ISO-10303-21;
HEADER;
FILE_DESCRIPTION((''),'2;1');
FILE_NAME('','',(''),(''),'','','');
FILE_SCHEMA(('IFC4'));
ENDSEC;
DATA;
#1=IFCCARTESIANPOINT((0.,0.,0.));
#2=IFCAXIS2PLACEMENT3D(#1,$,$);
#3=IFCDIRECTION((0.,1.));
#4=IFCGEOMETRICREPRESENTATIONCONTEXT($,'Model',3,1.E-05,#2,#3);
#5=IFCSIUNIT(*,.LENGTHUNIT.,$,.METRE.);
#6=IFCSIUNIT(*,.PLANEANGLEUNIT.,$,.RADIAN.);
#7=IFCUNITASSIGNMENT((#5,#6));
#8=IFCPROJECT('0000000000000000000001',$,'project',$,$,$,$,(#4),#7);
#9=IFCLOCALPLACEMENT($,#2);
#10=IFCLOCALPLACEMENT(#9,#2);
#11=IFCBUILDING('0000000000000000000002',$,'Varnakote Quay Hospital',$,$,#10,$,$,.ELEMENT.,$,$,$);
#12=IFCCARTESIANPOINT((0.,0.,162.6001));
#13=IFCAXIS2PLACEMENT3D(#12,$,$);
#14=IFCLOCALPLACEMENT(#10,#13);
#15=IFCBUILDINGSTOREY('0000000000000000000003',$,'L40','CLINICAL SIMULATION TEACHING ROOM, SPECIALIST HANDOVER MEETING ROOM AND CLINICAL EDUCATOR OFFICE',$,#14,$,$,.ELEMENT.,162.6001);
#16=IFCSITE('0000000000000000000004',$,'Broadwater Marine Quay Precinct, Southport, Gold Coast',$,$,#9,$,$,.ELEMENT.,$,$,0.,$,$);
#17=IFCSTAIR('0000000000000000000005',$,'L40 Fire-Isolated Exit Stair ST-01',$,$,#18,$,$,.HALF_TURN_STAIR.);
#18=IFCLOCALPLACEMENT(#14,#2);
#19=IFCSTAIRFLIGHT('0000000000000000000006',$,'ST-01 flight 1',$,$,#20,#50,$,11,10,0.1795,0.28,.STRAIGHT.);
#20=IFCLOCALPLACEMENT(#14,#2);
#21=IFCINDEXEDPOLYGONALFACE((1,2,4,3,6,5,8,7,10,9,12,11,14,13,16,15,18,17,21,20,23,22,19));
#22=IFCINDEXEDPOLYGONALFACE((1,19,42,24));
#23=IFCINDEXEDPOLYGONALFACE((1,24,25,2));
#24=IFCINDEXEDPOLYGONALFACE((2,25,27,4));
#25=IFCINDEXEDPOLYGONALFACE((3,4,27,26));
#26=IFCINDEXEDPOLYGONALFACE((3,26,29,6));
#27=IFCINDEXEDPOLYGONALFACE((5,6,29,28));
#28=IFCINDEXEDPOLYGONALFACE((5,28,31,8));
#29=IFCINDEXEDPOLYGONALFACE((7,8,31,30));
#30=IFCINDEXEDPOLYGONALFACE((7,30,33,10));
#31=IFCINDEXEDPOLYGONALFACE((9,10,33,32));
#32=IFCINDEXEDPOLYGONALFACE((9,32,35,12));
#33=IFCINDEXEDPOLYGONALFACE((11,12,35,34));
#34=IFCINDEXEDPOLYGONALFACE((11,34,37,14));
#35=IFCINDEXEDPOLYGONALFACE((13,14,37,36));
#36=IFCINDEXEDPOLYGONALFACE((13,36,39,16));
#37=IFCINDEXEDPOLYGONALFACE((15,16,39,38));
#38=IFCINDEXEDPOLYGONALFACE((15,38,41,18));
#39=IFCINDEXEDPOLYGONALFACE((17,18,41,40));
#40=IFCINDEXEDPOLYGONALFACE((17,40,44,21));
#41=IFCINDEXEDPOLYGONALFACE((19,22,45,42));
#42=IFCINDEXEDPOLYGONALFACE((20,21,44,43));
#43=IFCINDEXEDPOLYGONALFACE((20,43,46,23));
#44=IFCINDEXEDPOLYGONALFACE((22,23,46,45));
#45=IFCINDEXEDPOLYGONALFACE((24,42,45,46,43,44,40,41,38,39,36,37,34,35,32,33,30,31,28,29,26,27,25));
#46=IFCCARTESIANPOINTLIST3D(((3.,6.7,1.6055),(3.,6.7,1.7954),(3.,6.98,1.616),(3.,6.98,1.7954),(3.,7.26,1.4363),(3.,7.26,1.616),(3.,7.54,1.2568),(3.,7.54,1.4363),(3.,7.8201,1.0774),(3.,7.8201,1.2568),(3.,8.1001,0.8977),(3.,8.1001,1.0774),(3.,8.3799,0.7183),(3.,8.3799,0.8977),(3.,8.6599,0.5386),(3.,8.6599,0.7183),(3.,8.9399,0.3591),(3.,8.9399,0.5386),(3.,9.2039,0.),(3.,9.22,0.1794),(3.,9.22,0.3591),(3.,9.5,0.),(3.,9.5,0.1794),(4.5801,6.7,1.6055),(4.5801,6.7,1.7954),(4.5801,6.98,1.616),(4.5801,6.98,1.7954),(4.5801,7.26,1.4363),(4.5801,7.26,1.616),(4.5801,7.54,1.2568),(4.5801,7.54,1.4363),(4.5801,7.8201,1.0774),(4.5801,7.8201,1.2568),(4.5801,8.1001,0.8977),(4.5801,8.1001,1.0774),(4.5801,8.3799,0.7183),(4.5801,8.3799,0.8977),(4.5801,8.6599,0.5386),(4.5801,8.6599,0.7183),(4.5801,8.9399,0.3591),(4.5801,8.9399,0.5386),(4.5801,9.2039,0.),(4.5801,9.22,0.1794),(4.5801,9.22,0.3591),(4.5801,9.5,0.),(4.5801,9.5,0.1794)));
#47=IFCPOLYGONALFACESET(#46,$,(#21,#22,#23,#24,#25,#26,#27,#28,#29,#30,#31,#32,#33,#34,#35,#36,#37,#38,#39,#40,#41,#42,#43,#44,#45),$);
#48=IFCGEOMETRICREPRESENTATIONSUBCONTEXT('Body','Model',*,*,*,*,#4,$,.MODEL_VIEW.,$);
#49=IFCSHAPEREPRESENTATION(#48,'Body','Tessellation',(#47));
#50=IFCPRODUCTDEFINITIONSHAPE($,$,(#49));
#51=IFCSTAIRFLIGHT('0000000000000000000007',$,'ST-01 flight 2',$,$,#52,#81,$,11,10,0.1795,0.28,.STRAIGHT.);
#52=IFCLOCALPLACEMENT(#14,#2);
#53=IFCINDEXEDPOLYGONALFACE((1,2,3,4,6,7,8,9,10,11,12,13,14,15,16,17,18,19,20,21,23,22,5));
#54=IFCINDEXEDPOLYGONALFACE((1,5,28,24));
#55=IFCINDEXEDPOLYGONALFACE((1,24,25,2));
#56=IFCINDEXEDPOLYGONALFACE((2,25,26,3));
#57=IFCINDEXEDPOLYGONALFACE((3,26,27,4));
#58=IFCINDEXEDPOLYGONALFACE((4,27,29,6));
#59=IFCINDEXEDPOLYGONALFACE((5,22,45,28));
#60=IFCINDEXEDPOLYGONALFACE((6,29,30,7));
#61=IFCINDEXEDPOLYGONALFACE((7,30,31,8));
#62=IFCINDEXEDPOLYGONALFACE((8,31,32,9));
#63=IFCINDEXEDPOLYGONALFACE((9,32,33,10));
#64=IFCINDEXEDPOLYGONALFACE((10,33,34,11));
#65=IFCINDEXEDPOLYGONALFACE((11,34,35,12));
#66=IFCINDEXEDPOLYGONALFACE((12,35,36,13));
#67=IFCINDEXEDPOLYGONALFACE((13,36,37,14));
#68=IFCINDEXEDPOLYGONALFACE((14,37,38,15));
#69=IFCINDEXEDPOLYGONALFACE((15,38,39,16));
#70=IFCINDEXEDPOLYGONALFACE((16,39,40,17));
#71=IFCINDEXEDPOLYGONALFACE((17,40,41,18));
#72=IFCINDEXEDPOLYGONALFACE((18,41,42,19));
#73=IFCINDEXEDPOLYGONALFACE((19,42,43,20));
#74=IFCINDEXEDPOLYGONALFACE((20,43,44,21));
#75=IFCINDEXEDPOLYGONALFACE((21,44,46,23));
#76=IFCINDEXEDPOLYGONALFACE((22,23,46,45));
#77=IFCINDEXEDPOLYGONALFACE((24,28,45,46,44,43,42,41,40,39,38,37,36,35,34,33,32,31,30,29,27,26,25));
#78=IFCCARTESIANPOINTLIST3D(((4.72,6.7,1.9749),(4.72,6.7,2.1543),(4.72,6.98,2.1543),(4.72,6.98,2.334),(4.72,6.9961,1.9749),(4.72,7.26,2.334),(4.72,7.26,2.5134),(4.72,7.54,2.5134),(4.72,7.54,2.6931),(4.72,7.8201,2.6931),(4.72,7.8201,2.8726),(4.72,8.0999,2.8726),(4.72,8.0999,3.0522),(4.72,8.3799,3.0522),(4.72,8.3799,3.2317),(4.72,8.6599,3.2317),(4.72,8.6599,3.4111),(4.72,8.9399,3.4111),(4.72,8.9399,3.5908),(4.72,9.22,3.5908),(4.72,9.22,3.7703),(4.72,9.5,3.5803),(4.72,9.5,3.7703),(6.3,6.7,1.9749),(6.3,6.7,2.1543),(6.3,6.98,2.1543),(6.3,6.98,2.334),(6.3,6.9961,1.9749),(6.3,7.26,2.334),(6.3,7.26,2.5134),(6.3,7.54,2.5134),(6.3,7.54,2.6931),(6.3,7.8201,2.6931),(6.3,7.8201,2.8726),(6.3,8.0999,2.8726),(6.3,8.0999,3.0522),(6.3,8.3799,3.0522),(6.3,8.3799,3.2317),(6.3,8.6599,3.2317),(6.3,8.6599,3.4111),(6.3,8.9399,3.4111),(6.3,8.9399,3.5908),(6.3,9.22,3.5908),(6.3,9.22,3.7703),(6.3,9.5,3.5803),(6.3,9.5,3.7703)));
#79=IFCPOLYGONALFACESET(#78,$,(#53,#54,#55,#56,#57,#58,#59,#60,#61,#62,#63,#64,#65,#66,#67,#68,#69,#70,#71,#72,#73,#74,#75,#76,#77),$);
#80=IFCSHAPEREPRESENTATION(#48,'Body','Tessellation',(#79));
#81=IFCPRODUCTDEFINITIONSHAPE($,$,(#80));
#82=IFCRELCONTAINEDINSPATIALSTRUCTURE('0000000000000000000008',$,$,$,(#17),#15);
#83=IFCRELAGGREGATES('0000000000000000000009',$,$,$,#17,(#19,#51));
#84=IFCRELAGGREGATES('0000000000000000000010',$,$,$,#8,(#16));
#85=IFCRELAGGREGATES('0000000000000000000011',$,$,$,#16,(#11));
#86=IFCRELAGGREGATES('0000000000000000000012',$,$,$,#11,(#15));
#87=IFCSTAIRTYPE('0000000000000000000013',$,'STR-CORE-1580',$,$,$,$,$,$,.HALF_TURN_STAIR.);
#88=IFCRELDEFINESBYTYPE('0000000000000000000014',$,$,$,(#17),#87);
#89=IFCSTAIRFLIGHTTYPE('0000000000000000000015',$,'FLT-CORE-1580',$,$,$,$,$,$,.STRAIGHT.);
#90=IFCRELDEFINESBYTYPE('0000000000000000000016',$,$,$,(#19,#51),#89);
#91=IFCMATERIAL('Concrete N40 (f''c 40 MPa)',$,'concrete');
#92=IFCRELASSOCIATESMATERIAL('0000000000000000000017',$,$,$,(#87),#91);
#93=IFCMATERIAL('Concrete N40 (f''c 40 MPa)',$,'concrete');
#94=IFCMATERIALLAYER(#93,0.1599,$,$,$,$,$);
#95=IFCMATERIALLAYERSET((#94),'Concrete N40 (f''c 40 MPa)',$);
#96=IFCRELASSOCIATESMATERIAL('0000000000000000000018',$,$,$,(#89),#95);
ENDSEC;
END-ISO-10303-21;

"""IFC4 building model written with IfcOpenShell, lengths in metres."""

from ifc_helpers import new_model, si_unit, direction, frame, origin, place, context, subcontext, project, spatial, polyline, outline, extrude, material, layer, layer_set, type_object, element, aggregate, save


model = new_model("IFC4")

# Units and contexts
model_context = context("Model", 3, precision=1e-05, world=origin(), true_north=direction((0.0, 1.0)))
body_context = subcontext(model_context, "Body", "Model", "MODEL_VIEW")
ifc_project = project(units=[si_unit("LENGTHUNIT", "METRE"), si_unit("PLANEANGLEUNIT", "RADIAN")], contexts=[model_context])

# Site, building, storey
site_placement = place(None, origin())
site = spatial("IfcSite", under=ifc_project, at=site_placement, Name="Broadwater Marine Quay Precinct, Southport, Gold Coast", CompositionType="ELEMENT", RefElevation=0.0)
building_placement = place(site_placement, origin())
building = spatial("IfcBuilding", under=site, at=building_placement, Name="Varnakote Quay Hospital", CompositionType="ELEMENT")
storey_placement = place(building_placement, frame((0.0, 0.0, 162.6001)))
storey = spatial("IfcBuildingStorey", under=building, at=storey_placement, Name="L40", Description="CLINICAL SIMULATION TEACHING ROOM, SPECIALIST HANDOVER MEETING ROOM AND CLINICAL EDUCATOR OFFICE", CompositionType="ELEMENT", Elevation=162.6001)

# Stair, stair flights
ifc_material_1 = material(Name="Concrete N40 (f'c 40 MPa)", Category="concrete")
stair_type = type_object("IfcStairType", Name="STR-CORE-1580", PredefinedType="HALF_TURN_STAIR", material=ifc_material_1)
stair_placement = place(storey_placement, origin())
stair = element("IfcStair", 1, at=stair_placement, inside=storey, type_object=stair_type, Name="L40 Fire-Isolated Exit Stair ST-01", PredefinedType="HALF_TURN_STAIR")
ifc_material_2 = material(Name="Concrete N40 (f'c 40 MPa)", Category="concrete")
ifc_layer_1 = layer(ifc_material_2, 0.1599)
ifc_layer_set_1 = layer_set([ifc_layer_1], Name="Concrete N40 (f'c 40 MPa)")
stair_flight_type = type_object("IfcStairFlightType", Name="FLT-CORE-1580", PredefinedType="STRAIGHT", material=ifc_layer_set_1)
stair_flight_1_placement = place(storey_placement, frame((3.79, 9.5, 0.0), z_axis=(0.0, 0.0, 1.0), x_axis=(0.0, -1.0, 0.0)))
stair_flight_1 = element("IfcStairFlight", 2, at=stair_flight_1_placement, type_object=stair_flight_type, Name="ST-01 flight 1", NumberOfRisers=11, NumberOfTreads=10, PredefinedType="STRAIGHT", RiserHeight=0.1795, TreadLength=0.28, context=body_context, shape_type="SweptSolid", body=[
    extrude(outline(polyline([(0.0, 0.0), (0.0, 0.1794), (0.28, 0.1794), (0.28, 0.3591), (0.5601, 0.3591), (0.5601, 0.5386), (0.8401, 0.5386), (0.8401, 0.7183), (1.1201, 0.7183), (1.1201, 0.8977), (1.3999, 0.8977), (1.3999, 1.0774), (1.6799, 1.0774), (1.6799, 1.2568), (1.96, 1.2568), (1.96, 1.4363), (2.24, 1.4363), (2.24, 1.616), (2.52, 1.616), (2.52, 1.7954), (2.8, 1.7954), (2.8, 1.9751), (2.8, 1.6055), (0.2961, 0.0), (0.0, 0.0)])), frame((0.0, 0.79, 0.0), z_axis=(0.0, -1.0, 0.0), x_axis=(1.0, 0.0, 0.0)), (0.0, 0.0, 1.0), 1.5801),
])
stair_flight_2_placement = place(storey_placement, frame((5.51, 6.7, 1.9749), z_axis=(0.0, 0.0, 1.0), x_axis=(0.0, 1.0, 0.0)))
stair_flight_2 = element("IfcStairFlight", 3, at=stair_flight_2_placement, type_object=stair_flight_type, Name="ST-01 flight 2", NumberOfRisers=11, NumberOfTreads=10, PredefinedType="STRAIGHT", RiserHeight=0.1795, TreadLength=0.28, context=body_context, shape_type="SweptSolid", body=[
    extrude(outline(polyline([(0.0, 0.0), (0.0, 0.1794), (0.28, 0.1794), (0.28, 0.3591), (0.5601, 0.3591), (0.5601, 0.5386), (0.8401, 0.5386), (0.8401, 0.7183), (1.1201, 0.7183), (1.1201, 0.8977), (1.3999, 0.8977), (1.3999, 1.0774), (1.6799, 1.0774), (1.6799, 1.2568), (1.96, 1.2568), (1.96, 1.4363), (2.24, 1.4363), (2.24, 1.616), (2.52, 1.616), (2.52, 1.7954), (2.8, 1.7954), (2.8, 1.9751), (2.8, 1.6055), (0.2961, 0.0), (0.0, 0.0)])), frame((0.0, 0.79, 0.0), z_axis=(0.0, -1.0, 0.0), x_axis=(1.0, 0.0, 0.0)), (0.0, 0.0, 1.0), 1.5801),
])
aggregate(stair, [stair_flight_1, stair_flight_2])

save(model, "model.ifc")
